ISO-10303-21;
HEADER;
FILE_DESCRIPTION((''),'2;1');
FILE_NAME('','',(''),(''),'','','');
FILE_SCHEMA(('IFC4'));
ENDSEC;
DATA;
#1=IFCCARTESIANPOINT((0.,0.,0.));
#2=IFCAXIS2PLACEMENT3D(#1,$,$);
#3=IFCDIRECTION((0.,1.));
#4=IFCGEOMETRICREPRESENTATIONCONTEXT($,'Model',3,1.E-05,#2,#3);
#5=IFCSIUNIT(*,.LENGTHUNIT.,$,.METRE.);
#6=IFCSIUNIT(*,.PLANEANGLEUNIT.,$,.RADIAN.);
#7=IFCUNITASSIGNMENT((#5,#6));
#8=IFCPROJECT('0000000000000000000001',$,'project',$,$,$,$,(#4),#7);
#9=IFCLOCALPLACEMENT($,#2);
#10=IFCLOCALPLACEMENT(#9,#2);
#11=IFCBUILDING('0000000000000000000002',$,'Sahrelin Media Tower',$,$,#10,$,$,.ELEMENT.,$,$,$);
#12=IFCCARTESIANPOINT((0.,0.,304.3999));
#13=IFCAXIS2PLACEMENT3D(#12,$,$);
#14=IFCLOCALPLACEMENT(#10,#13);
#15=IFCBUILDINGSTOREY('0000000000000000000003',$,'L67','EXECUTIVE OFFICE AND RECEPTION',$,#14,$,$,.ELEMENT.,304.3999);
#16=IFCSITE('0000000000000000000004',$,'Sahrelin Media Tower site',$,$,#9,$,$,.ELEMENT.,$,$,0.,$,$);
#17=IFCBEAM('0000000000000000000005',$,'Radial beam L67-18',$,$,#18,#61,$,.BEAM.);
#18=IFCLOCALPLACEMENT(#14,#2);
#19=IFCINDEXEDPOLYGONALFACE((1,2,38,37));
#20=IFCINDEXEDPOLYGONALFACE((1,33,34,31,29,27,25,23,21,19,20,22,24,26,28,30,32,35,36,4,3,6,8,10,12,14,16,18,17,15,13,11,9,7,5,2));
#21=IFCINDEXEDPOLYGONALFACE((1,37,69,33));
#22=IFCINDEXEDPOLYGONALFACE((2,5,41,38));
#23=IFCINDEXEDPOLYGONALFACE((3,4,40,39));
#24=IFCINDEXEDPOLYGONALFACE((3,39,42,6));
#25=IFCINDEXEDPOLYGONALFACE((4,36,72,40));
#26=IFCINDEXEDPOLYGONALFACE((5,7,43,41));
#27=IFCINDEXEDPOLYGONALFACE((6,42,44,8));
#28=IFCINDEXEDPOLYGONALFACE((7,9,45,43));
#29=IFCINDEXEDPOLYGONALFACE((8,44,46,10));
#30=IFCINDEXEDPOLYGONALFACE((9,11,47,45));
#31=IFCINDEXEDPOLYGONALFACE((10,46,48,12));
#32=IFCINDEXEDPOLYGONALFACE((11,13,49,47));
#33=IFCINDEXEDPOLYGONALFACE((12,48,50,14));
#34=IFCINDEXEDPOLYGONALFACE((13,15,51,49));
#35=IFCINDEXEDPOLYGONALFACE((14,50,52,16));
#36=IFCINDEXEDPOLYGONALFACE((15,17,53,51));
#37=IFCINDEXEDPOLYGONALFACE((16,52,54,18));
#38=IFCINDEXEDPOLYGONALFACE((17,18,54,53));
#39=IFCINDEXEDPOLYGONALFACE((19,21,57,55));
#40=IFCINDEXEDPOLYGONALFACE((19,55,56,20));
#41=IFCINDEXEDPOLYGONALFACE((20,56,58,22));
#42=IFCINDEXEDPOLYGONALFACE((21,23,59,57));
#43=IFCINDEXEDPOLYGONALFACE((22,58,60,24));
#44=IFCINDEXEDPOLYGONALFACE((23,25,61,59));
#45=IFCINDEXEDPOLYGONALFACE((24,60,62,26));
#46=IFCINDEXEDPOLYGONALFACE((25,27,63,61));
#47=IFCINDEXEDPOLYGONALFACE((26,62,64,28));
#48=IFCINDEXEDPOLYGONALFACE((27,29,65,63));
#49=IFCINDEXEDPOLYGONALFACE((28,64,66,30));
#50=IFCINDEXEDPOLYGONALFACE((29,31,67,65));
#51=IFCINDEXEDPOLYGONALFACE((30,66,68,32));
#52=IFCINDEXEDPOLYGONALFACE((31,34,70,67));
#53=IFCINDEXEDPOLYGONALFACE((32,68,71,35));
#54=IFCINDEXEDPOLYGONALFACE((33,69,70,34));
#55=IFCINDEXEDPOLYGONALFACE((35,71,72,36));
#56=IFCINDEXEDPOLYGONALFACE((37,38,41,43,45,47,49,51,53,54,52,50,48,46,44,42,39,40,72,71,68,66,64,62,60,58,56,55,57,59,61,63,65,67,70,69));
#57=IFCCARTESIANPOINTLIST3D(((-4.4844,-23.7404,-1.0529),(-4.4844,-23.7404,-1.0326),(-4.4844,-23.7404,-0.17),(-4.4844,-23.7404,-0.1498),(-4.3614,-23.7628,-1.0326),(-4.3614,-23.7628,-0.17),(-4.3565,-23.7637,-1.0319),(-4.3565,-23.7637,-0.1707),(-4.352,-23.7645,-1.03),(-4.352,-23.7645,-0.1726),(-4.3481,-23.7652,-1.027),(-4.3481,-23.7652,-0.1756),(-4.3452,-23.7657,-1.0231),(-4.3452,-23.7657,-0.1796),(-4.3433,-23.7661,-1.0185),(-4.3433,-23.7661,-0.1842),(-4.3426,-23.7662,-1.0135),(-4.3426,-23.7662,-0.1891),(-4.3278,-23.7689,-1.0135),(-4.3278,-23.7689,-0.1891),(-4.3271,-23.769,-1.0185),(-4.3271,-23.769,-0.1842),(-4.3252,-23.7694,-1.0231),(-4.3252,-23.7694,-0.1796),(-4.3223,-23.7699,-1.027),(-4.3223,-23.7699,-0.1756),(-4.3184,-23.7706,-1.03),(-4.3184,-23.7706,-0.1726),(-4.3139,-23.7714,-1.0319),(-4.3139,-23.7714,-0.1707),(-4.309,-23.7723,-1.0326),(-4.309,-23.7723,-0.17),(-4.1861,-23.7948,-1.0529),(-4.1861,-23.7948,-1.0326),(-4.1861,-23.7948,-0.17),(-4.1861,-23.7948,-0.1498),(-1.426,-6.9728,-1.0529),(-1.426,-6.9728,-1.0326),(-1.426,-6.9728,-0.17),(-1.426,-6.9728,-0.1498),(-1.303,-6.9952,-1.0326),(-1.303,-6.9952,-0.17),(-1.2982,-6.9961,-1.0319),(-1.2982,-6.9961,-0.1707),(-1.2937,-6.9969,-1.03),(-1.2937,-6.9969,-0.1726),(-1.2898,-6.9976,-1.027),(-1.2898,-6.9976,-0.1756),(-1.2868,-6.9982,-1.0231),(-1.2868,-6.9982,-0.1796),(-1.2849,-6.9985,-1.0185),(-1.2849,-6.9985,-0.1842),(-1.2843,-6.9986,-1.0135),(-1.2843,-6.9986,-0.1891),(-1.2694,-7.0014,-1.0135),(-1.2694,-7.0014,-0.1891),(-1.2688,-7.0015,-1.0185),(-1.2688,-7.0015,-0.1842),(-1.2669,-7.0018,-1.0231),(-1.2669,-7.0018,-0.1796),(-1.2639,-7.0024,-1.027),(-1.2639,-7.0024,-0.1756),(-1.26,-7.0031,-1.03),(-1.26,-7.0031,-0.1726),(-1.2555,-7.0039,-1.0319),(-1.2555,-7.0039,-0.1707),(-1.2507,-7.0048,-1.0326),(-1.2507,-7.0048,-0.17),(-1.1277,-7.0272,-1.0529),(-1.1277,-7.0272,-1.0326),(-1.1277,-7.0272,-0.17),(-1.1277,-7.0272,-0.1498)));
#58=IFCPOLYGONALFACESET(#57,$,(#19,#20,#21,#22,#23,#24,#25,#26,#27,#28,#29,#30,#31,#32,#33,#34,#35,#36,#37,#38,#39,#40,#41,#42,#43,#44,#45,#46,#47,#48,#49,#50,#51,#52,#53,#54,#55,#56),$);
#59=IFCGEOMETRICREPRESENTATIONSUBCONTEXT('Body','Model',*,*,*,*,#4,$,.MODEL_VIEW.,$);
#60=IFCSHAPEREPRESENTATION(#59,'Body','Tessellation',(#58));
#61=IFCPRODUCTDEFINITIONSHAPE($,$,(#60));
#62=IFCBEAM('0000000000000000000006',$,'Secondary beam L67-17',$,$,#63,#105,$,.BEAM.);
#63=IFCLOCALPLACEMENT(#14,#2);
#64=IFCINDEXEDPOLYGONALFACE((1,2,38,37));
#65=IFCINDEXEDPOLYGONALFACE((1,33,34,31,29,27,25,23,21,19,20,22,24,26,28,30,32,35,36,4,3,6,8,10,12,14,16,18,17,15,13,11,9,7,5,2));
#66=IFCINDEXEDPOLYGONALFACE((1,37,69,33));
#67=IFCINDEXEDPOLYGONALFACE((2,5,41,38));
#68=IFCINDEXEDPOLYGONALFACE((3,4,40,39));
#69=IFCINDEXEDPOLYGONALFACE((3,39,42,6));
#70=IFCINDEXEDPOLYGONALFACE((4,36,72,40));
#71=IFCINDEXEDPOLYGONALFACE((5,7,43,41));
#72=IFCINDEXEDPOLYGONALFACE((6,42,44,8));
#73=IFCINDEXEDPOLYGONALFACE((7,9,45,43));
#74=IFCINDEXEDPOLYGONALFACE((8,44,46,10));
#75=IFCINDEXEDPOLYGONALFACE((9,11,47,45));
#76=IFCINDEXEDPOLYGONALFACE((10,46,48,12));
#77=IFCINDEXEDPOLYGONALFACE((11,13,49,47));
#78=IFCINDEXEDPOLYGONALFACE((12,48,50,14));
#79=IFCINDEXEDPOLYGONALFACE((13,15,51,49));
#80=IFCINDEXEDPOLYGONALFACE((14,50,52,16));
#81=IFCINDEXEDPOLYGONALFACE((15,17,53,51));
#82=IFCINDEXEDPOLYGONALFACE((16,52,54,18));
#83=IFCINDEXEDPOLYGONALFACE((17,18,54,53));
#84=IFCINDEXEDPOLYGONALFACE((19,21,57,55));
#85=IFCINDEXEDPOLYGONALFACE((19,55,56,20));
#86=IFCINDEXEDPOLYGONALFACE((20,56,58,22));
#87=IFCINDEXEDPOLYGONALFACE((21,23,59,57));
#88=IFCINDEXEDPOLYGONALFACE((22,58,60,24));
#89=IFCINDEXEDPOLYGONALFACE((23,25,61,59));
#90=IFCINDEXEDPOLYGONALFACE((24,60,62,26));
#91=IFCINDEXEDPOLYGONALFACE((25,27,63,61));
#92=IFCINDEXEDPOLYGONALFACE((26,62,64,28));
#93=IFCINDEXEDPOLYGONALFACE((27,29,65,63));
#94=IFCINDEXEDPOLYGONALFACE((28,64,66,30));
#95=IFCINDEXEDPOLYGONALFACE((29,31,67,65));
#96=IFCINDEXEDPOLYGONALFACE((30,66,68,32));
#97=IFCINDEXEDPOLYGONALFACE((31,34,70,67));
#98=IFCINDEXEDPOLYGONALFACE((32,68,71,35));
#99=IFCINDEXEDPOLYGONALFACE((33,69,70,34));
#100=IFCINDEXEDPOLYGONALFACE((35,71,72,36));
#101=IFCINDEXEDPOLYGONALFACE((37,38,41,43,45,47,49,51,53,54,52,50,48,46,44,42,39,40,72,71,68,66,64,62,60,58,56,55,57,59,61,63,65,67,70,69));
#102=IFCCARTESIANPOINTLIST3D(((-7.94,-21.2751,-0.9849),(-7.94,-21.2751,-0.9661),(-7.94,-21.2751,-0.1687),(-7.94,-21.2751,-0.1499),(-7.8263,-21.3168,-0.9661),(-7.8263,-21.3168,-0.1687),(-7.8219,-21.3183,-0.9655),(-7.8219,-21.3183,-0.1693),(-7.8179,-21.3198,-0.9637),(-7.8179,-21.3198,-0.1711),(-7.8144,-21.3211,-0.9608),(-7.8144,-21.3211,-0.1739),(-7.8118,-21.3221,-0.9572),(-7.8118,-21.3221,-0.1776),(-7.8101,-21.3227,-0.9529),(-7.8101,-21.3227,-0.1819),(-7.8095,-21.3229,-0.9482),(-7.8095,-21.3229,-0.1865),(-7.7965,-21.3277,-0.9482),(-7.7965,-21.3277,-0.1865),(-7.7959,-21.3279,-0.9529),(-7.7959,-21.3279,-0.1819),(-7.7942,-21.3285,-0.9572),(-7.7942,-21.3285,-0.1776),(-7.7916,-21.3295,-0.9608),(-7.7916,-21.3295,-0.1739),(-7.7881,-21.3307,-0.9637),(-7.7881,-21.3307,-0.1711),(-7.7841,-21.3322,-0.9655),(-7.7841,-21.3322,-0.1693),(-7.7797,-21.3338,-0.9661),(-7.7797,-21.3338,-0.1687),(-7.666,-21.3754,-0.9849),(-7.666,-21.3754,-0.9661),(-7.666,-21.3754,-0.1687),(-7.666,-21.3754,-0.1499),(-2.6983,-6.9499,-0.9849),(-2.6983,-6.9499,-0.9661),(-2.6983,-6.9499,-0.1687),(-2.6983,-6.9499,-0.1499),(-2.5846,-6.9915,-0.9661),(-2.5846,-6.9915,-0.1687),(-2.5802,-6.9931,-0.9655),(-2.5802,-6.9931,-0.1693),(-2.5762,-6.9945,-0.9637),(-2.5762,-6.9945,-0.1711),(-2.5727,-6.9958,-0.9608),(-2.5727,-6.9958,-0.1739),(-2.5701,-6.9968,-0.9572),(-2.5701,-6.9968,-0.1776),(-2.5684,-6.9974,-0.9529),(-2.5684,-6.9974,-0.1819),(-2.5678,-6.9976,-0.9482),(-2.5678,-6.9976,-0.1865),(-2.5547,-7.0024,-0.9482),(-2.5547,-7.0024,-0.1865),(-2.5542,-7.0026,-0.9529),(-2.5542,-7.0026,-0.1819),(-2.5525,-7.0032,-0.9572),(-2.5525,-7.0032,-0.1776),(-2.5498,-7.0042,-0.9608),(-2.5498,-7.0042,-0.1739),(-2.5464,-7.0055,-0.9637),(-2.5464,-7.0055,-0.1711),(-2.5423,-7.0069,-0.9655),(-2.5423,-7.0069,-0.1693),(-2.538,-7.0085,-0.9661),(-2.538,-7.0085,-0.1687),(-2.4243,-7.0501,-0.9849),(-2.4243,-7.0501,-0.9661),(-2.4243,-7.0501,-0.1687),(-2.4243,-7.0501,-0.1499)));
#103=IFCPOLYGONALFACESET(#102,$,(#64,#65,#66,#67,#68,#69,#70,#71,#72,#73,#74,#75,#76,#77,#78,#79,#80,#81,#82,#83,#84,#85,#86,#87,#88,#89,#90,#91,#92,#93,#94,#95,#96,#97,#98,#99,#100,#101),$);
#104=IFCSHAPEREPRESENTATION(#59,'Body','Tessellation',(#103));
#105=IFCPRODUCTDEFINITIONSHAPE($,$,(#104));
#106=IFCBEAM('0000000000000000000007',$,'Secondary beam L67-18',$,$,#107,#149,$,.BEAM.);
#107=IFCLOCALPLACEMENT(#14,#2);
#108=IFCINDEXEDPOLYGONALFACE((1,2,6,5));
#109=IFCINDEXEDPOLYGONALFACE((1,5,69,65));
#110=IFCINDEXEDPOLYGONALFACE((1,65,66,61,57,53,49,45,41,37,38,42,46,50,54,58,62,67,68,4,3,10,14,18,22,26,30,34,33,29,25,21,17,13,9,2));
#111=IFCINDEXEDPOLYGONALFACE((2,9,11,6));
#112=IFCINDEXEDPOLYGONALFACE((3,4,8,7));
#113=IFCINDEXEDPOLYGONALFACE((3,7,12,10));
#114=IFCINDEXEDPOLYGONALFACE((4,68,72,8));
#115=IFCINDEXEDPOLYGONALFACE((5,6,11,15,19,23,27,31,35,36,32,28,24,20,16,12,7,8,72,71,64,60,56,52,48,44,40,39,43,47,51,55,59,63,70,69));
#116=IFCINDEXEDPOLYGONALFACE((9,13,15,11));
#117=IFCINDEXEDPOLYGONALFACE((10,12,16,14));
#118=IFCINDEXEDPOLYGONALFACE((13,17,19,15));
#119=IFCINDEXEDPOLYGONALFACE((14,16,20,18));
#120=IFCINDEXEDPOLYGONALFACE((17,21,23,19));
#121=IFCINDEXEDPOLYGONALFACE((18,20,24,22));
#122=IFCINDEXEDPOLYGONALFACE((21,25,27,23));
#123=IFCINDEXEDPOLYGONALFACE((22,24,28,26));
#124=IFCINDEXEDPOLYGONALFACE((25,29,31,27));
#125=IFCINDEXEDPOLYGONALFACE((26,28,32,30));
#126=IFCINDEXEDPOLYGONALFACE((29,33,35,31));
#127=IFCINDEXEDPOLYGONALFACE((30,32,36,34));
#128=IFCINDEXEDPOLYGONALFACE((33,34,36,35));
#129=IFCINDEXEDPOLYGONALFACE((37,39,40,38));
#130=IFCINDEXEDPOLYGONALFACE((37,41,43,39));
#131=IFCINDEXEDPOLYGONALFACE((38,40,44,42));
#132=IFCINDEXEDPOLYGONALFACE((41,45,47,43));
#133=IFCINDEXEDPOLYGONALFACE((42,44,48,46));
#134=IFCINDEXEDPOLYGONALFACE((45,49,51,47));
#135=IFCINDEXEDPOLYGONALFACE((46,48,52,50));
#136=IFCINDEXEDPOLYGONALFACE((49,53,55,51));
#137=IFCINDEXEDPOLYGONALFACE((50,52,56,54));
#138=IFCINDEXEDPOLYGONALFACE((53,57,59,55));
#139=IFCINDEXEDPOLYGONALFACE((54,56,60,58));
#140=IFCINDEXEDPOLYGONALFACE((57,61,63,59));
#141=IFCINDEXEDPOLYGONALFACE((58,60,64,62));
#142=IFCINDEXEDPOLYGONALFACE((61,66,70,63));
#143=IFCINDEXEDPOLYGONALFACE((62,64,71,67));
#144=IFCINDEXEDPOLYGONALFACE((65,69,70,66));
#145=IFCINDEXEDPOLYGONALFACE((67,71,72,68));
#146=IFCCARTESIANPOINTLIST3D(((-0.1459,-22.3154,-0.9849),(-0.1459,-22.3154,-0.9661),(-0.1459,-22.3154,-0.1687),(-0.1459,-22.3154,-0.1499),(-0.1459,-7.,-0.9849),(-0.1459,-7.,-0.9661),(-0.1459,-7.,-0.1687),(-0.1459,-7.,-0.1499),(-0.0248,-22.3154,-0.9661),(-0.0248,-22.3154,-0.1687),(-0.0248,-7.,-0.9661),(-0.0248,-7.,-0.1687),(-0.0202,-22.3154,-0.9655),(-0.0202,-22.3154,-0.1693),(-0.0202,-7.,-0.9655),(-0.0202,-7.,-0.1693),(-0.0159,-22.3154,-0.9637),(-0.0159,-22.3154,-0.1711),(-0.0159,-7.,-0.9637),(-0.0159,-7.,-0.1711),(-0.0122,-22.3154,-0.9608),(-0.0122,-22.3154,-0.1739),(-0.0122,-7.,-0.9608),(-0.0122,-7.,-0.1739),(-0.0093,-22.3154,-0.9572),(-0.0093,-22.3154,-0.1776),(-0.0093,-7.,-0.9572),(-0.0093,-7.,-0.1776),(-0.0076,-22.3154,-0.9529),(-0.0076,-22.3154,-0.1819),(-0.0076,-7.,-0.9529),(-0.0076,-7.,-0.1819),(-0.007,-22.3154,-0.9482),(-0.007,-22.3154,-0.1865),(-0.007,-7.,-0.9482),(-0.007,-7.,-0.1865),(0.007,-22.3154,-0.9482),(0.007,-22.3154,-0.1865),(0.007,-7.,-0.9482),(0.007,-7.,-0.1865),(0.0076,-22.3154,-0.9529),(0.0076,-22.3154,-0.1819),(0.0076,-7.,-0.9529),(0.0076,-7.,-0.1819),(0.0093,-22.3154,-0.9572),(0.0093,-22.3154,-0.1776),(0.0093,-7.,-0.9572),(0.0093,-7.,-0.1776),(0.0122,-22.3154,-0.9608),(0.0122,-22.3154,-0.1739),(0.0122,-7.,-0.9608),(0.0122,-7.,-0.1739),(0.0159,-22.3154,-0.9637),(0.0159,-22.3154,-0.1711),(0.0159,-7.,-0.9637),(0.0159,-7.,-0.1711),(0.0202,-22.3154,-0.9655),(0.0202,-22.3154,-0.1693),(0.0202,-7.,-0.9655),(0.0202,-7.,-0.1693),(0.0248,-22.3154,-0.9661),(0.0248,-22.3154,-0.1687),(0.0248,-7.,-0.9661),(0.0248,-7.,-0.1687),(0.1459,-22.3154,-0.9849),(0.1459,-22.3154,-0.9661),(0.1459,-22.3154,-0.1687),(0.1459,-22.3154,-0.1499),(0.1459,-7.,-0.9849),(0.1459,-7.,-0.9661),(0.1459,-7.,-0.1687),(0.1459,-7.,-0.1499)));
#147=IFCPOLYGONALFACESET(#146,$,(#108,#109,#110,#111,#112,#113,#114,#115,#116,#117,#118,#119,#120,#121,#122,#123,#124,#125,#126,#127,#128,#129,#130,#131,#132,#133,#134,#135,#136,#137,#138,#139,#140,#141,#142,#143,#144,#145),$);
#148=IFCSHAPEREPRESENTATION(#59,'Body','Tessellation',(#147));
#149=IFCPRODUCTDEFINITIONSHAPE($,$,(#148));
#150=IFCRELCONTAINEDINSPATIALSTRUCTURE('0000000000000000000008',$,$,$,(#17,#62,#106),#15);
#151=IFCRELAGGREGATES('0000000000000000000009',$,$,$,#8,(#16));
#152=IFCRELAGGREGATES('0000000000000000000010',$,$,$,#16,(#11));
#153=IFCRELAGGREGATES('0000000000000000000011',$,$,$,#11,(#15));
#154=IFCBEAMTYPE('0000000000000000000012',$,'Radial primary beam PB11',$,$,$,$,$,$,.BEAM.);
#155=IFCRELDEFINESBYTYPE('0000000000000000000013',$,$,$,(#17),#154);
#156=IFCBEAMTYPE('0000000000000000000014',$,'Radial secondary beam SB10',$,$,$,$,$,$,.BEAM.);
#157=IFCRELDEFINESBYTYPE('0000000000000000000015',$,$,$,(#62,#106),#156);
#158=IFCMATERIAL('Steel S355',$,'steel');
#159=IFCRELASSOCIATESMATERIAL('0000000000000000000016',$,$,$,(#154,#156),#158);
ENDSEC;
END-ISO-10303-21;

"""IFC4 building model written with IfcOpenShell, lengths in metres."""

from ifc_helpers import new_model, si_unit, direction, frame, origin, origin_2d, place, context, subcontext, project, spatial, i_section, extrude, material, material_profile, profile_set, type_object, element, save


model = new_model("IFC4")

# Units and contexts
model_context = context("Model", 3, precision=1e-05, world=origin(), true_north=direction((0.0, 1.0)))
body_context = subcontext(model_context, "Body", "Model", "MODEL_VIEW")
ifc_project = project(units=[si_unit("LENGTHUNIT", "METRE"), si_unit("PLANEANGLEUNIT", "RADIAN")], contexts=[model_context])

# Site, building, storey
site_placement = place(None, origin())
site = spatial("IfcSite", under=ifc_project, at=site_placement, Name="Sahrelin Media Tower site", CompositionType="ELEMENT", RefElevation=0.0)
building_placement = place(site_placement, origin())
building = spatial("IfcBuilding", under=site, at=building_placement, Name="Sahrelin Media Tower", CompositionType="ELEMENT")
storey_placement = place(building_placement, frame((0.0, 0.0, 304.3999)))
storey = spatial("IfcBuildingStorey", under=building, at=storey_placement, Name="L67", Description="EXECUTIVE OFFICE AND RECEPTION", CompositionType="ELEMENT", Elevation=304.3999)

# Beams
ifc_material_1 = material(Name="Steel S355", Category="steel")
ifc_material_profile_1 = material_profile(ifc_material_1, i_section(OverallWidth=0.3032, OverallDepth=0.9031, WebThickness=0.0151, FlangeThickness=0.0203, FilletRadius=0.019, at=origin_2d()), Name="UB 914x305x201")
ifc_profile_set_1 = profile_set([ifc_material_profile_1], Name="Steel S355")
beam_type_1 = type_object("IfcBeamType", Name="Radial primary beam PB11", PredefinedType="BEAM", material=ifc_profile_set_1)
beam_1_placement = place(storey_placement, frame((-1.2769, -7.0, -0.6013), z_axis=(-0.179436, -0.98377, 0.0), x_axis=(0.98377, -0.179436, 0.0)))
element("IfcBeam", 1, at=beam_1_placement, inside=storey, type_object=beam_type_1, Name="Radial beam L67-18", PredefinedType="BEAM", context=body_context, shape_type="SweptSolid", body=[
    extrude(i_section(OverallWidth=0.3032, OverallDepth=0.9031, WebThickness=0.0151, FlangeThickness=0.0203, FilletRadius=0.019, at=origin_2d()), origin(), (0.0, 0.0, 1.0), 17.0442),
])
ifc_material_profile_2 = material_profile(ifc_material_1, i_section(OverallWidth=0.2917, OverallDepth=0.835, WebThickness=0.0139, FlangeThickness=0.0188, FilletRadius=0.0178, at=origin_2d()), Name="UB 838x292x176")
ifc_profile_set_2 = profile_set([ifc_material_profile_2], Name="Steel S355")
beam_type_2 = type_object("IfcBeamType", Name="Radial secondary beam SB10", PredefinedType="BEAM", material=ifc_profile_set_2)
beam_2_placement = place(storey_placement, frame((-2.5613, -7.0, -0.5674), z_axis=(-0.343626, -0.939106, 0.0), x_axis=(0.939106, -0.343626, 0.0)))
element("IfcBeam", 2, at=beam_2_placement, inside=storey, type_object=beam_type_2, Name="Secondary beam L67-17", PredefinedType="BEAM", context=body_context, shape_type="SweptSolid", body=[
    extrude(i_section(OverallWidth=0.2917, OverallDepth=0.835, WebThickness=0.0139, FlangeThickness=0.0188, FilletRadius=0.0178, at=origin_2d()), origin(), (0.0, 0.0, 1.0), 15.2542),
])
beam_3_placement = place(storey_placement, frame((0.0, -7.0, -0.5674), z_axis=(0.0, -1.0, 0.0), x_axis=(1.0, 0.0, 0.0)))
element("IfcBeam", 3, at=beam_3_placement, inside=storey, type_object=beam_type_2, Name="Secondary beam L67-18", PredefinedType="BEAM", context=body_context, shape_type="SweptSolid", body=[
    extrude(i_section(OverallWidth=0.2917, OverallDepth=0.835, WebThickness=0.0139, FlangeThickness=0.0188, FilletRadius=0.0178, at=origin_2d()), origin(), (0.0, 0.0, 1.0), 15.3154),
])

save(model, "model.ifc")
